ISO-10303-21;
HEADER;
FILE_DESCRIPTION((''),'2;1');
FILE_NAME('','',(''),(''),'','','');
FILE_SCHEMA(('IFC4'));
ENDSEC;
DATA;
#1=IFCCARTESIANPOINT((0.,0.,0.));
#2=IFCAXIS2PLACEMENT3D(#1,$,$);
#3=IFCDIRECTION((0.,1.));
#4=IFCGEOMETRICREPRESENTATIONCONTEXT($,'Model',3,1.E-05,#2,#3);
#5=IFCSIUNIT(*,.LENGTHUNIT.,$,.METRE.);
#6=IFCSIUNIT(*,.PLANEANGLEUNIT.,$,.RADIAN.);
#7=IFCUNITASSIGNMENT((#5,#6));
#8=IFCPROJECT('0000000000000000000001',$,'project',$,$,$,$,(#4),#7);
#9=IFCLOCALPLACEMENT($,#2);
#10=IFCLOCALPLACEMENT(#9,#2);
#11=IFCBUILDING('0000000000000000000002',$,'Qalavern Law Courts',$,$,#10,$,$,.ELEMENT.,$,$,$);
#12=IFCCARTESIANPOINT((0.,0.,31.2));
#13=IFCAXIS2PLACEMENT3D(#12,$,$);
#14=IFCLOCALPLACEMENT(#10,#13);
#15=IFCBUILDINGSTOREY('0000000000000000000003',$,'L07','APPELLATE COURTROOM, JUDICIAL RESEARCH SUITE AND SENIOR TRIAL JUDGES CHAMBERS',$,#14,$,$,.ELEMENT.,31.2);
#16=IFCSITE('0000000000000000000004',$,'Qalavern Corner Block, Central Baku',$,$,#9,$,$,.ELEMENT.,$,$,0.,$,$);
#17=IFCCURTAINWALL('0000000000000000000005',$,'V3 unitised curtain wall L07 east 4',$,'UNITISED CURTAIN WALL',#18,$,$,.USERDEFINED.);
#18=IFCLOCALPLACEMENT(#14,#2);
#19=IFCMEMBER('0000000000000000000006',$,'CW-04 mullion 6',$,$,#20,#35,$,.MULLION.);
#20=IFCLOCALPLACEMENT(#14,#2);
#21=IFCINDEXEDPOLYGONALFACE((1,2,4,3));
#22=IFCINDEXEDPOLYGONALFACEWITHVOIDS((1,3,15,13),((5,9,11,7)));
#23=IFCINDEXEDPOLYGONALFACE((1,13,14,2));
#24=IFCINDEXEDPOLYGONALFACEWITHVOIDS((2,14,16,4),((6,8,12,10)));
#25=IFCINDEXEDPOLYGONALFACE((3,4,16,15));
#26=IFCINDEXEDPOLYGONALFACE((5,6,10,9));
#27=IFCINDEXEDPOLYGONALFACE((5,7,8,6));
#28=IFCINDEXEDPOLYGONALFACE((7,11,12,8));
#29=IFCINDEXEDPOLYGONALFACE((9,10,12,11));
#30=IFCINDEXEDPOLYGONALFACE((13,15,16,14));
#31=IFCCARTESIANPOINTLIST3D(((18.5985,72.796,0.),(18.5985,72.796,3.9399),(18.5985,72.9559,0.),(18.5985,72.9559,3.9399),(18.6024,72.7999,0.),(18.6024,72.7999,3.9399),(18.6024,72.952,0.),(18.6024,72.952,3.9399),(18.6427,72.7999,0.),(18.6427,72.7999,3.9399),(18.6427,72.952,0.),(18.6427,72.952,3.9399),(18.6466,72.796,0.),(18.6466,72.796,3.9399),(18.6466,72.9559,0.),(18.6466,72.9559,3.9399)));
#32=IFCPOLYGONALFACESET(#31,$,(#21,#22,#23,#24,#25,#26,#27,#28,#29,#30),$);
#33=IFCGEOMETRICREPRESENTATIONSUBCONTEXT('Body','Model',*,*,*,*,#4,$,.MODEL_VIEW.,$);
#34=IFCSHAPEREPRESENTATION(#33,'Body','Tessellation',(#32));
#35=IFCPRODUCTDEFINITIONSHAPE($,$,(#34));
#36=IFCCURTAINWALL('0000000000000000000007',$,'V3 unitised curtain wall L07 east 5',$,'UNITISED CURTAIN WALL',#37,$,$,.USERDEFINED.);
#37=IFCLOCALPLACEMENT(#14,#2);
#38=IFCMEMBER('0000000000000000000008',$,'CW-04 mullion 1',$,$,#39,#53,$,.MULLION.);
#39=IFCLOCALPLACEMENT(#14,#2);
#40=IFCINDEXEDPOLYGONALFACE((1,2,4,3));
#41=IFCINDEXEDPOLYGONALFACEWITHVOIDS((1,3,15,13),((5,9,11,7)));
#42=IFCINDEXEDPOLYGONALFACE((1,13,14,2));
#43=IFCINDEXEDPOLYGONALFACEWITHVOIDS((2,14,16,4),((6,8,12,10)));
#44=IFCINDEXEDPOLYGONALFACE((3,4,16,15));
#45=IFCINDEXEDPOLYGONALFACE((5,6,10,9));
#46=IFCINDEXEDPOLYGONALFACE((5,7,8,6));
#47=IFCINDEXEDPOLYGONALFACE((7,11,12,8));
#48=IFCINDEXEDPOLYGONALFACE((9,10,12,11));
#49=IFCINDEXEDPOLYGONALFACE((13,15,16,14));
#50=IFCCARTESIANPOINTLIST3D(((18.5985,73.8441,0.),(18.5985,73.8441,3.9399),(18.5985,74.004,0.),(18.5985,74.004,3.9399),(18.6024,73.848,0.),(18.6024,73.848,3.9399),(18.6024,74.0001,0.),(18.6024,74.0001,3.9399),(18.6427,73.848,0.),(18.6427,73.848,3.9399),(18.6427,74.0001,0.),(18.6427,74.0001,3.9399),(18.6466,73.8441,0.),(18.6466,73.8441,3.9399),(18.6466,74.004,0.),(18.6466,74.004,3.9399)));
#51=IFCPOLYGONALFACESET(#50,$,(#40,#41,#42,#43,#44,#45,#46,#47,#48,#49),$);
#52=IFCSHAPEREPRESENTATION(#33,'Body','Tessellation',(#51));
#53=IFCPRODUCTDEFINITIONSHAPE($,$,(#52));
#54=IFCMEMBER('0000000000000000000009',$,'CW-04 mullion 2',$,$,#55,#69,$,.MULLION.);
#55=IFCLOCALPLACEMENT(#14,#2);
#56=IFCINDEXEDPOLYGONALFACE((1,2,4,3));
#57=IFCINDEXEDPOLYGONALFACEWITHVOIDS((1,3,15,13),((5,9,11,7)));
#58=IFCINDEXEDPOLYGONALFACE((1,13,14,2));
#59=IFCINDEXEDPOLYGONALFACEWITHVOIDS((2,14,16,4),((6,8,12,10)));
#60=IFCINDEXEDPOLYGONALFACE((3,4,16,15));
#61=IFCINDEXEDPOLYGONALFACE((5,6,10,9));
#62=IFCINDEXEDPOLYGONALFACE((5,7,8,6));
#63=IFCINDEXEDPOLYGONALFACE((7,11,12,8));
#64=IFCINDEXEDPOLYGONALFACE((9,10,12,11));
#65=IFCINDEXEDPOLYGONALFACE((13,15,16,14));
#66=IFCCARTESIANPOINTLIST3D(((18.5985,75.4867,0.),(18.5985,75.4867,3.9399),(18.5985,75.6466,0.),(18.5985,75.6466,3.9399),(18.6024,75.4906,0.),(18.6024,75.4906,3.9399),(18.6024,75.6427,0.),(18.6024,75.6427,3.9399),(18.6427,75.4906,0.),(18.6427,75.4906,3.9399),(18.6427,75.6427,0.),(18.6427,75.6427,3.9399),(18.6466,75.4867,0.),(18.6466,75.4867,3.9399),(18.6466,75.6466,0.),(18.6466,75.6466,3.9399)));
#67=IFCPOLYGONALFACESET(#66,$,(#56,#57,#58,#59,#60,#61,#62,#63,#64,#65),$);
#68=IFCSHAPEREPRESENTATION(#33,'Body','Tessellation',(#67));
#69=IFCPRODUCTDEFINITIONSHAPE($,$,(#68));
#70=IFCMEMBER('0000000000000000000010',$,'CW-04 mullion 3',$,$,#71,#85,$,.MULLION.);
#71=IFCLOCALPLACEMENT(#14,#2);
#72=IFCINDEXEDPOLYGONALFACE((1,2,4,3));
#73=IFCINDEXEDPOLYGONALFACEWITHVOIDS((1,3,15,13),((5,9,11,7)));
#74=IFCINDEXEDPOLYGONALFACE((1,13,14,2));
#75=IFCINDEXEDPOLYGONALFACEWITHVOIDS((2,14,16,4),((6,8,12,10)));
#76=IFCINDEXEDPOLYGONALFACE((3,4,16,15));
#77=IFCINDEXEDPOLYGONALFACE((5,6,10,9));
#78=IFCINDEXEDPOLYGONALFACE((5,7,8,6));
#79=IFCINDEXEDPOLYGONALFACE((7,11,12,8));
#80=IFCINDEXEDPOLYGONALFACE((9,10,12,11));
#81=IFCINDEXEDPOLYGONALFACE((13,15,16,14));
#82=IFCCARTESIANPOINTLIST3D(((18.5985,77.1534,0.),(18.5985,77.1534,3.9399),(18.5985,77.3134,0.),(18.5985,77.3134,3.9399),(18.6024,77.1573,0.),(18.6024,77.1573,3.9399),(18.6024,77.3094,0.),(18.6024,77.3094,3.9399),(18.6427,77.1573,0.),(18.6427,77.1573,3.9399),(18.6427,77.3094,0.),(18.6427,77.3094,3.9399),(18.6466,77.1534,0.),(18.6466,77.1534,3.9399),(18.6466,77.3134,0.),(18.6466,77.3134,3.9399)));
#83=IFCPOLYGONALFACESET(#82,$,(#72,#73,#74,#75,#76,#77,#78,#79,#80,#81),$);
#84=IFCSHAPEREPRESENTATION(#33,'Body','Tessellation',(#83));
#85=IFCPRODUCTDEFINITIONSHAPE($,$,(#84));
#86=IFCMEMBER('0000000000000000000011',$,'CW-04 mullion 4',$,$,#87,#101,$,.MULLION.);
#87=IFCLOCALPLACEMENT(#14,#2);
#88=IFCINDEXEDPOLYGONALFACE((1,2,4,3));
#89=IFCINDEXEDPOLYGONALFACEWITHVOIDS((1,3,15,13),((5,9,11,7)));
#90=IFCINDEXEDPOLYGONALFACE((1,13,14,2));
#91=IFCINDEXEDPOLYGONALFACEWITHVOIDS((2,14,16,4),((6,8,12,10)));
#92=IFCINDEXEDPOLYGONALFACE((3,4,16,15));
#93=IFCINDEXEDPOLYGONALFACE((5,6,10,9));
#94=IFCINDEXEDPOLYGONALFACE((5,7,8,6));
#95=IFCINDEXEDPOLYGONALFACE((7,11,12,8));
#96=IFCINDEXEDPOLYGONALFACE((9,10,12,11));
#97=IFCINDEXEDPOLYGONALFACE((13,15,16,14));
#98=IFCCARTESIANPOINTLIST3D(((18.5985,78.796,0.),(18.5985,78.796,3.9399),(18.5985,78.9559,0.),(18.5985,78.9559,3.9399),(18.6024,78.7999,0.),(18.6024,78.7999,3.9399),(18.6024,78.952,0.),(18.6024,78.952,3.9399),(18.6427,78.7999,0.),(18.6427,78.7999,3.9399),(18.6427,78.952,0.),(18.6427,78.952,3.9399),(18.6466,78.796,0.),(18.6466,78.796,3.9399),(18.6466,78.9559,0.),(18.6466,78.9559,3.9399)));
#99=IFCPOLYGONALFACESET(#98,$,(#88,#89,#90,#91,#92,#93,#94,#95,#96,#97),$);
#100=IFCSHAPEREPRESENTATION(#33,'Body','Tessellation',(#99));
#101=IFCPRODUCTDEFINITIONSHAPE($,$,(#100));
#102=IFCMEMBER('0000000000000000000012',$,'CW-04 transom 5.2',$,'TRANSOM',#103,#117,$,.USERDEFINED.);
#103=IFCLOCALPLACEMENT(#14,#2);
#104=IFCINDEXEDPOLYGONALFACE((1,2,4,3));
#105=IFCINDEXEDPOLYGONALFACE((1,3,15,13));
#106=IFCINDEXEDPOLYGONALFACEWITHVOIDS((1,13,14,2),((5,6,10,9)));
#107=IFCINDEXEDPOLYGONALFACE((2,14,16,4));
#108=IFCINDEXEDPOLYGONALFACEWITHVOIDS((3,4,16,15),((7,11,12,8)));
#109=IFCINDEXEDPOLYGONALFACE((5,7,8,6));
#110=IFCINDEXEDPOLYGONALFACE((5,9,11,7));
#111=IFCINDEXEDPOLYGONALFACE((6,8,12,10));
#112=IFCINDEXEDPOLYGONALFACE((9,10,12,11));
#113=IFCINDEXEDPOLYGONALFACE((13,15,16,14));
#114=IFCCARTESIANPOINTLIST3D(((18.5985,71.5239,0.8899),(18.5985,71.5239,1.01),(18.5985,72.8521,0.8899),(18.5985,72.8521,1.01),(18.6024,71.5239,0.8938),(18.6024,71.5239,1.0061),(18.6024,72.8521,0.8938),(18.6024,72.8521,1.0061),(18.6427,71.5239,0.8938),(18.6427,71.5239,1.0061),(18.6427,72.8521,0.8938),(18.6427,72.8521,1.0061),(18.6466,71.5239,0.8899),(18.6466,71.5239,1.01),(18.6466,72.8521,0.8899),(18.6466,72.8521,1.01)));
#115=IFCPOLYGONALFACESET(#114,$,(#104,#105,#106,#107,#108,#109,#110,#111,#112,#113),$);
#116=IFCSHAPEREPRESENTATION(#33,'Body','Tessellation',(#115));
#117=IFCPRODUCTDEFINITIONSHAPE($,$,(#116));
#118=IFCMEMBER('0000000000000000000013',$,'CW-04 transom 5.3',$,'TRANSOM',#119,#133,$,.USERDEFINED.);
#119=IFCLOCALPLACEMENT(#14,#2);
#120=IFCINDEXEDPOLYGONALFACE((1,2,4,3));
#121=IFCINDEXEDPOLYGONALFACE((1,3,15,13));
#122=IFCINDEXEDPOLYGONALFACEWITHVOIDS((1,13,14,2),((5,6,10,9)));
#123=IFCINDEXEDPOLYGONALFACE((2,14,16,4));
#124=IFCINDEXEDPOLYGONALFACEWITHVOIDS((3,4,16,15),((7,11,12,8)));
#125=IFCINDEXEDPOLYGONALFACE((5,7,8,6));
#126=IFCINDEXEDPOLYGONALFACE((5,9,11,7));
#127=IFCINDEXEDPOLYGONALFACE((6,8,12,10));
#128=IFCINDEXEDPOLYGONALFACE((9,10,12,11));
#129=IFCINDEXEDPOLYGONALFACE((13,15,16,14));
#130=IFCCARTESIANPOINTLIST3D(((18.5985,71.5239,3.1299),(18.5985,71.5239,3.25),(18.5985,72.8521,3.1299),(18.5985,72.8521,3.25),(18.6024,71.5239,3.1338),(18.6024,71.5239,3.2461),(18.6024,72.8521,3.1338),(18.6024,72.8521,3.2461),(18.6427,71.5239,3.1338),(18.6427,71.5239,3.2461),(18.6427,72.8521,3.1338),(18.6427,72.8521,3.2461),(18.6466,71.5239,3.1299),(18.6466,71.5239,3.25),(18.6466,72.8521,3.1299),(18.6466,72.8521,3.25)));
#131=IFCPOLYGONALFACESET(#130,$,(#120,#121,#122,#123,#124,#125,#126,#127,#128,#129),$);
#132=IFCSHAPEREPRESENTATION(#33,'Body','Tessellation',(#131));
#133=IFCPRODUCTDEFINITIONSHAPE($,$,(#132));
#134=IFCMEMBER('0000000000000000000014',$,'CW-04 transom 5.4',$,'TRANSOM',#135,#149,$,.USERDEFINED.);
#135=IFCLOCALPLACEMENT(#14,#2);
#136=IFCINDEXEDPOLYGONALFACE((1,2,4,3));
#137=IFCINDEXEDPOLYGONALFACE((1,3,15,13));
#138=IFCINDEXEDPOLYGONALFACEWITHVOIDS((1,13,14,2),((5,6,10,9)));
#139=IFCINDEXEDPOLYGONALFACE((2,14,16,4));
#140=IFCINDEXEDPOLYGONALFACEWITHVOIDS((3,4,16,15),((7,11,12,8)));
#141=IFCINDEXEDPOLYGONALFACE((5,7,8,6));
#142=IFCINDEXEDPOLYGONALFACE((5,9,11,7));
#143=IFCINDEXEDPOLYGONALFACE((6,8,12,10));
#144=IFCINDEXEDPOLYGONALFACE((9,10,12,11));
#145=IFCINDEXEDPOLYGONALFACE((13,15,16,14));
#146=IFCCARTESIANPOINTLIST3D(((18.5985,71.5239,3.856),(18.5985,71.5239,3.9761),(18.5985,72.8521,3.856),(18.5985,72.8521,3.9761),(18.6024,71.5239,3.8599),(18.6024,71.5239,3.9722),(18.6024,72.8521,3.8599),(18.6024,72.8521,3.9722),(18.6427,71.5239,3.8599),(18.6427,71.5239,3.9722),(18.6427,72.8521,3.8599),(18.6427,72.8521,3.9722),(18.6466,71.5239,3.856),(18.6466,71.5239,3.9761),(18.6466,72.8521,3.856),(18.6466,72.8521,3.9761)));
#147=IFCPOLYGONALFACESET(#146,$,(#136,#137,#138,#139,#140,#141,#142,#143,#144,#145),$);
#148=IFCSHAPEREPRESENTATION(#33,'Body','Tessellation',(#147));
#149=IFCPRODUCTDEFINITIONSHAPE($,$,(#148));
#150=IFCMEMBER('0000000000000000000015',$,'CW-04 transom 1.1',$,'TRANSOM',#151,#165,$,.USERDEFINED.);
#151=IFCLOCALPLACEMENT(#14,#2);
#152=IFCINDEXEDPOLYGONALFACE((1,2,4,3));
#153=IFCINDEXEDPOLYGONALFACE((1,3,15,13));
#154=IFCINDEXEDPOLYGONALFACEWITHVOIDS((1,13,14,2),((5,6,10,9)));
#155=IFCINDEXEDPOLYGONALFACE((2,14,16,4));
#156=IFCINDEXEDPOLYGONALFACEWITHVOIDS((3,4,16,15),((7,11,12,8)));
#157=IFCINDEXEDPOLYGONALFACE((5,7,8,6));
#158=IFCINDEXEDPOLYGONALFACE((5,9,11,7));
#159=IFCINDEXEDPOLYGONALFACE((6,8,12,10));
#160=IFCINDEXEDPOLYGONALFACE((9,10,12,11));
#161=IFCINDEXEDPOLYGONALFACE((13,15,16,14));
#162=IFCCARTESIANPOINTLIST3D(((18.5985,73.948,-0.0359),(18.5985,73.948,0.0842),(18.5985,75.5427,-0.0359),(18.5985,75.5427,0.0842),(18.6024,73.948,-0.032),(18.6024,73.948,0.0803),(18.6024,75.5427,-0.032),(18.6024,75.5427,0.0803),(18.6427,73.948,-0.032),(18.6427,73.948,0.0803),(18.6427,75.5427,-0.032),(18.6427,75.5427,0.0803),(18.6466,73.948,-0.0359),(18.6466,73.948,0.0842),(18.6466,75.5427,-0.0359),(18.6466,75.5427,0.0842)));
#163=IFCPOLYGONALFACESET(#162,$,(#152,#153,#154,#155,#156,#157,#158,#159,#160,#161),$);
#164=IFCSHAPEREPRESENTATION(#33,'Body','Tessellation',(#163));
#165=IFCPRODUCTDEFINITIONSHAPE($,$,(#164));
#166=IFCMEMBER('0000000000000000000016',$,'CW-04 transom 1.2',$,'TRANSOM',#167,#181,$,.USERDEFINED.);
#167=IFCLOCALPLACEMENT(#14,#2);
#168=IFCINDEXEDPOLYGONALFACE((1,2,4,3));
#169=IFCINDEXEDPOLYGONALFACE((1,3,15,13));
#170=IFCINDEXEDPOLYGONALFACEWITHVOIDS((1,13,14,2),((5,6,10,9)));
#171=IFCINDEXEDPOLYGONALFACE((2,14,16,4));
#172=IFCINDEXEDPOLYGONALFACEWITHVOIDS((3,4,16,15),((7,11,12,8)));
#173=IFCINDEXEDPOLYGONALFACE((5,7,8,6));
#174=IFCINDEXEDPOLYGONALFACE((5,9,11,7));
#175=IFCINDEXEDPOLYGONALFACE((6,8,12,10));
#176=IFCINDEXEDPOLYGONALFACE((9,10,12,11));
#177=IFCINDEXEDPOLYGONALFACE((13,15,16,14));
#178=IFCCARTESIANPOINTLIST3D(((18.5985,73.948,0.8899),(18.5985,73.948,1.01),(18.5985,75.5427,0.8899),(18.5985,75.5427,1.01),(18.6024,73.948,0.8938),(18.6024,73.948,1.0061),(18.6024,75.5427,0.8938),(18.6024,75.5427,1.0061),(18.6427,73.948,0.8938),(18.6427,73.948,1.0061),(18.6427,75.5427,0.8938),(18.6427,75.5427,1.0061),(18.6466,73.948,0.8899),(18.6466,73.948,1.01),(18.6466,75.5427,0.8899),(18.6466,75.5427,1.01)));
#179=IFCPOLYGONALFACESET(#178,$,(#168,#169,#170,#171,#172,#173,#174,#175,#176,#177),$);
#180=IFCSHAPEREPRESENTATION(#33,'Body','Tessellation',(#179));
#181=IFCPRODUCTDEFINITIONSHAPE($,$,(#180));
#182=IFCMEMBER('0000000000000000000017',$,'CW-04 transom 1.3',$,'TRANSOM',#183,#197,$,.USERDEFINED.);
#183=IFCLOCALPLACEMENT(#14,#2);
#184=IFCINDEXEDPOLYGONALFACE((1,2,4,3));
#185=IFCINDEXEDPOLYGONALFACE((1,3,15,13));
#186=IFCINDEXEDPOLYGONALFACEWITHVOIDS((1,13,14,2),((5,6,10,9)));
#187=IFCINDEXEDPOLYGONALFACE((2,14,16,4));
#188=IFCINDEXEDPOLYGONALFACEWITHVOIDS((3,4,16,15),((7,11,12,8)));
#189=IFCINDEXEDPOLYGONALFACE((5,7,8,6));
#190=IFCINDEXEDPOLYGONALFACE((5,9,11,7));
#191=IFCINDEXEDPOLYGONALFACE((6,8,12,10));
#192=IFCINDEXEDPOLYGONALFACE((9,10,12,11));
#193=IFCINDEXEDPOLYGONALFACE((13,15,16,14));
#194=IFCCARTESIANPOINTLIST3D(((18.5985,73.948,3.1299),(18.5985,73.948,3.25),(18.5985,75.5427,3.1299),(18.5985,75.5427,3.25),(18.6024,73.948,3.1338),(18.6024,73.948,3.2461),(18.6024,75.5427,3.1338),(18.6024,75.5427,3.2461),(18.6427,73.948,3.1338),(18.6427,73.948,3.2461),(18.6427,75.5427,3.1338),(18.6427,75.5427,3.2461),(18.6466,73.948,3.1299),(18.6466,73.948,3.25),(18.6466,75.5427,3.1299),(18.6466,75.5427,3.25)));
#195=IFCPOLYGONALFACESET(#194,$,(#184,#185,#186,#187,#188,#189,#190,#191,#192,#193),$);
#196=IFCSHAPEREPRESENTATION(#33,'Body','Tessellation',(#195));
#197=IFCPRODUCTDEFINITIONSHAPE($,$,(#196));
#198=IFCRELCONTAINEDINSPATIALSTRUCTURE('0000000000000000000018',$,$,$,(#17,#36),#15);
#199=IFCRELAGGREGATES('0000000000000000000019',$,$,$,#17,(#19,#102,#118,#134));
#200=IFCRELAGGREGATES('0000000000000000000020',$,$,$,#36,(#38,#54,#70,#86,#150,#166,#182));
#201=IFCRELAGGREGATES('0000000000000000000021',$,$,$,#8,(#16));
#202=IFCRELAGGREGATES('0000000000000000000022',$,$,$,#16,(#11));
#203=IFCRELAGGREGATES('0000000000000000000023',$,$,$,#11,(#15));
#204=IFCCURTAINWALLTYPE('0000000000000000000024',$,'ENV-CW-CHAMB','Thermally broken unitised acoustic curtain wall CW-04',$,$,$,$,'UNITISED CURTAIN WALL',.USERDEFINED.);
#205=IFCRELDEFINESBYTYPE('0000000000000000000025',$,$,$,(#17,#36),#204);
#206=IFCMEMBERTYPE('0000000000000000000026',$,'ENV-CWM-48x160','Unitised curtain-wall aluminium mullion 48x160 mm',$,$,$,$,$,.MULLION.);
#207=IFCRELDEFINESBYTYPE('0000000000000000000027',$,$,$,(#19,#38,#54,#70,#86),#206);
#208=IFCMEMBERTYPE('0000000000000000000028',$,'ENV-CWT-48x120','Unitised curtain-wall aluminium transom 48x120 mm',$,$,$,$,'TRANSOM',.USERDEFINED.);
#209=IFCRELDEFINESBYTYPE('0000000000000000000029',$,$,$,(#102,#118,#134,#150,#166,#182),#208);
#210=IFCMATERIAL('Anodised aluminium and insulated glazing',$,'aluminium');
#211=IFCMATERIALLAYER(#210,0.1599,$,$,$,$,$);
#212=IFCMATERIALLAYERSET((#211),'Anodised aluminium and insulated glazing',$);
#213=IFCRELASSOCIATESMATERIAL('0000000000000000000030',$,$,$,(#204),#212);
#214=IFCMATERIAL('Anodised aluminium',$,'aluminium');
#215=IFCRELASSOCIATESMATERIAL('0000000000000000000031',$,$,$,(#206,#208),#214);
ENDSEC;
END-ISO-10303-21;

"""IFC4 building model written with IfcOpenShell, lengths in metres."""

from ifc_helpers import new_model, si_unit, direction, frame, origin, origin_2d, place, context, subcontext, project, spatial, hollow_rectangle, extrude, material, layer, layer_set, material_profile, profile_set, type_object, element, aggregate, save


model = new_model("IFC4")

# Units and contexts
model_context = context("Model", 3, precision=1e-05, world=origin(), true_north=direction((0.0, 1.0)))
body_context = subcontext(model_context, "Body", "Model", "MODEL_VIEW")
ifc_project = project(units=[si_unit("LENGTHUNIT", "METRE"), si_unit("PLANEANGLEUNIT", "RADIAN")], contexts=[model_context])

# Site, building, storey
site_placement = place(None, origin())
site = spatial("IfcSite", under=ifc_project, at=site_placement, Name="Qalavern Corner Block, Central Baku", CompositionType="ELEMENT", RefElevation=0.0)
building_placement = place(site_placement, origin())
building = spatial("IfcBuilding", under=site, at=building_placement, Name="Qalavern Law Courts", CompositionType="ELEMENT")
storey_placement = place(building_placement, frame((0.0, 0.0, 31.2)))
storey = spatial("IfcBuildingStorey", under=building, at=storey_placement, Name="L07", Description="APPELLATE COURTROOM, JUDICIAL RESEARCH SUITE AND SENIOR TRIAL JUDGES CHAMBERS", CompositionType="ELEMENT", Elevation=31.2)

# Curtain wall, member
ifc_material_1 = material(Name="Anodised aluminium and insulated glazing", Category="aluminium")
ifc_layer_1 = layer(ifc_material_1, 0.1599)
ifc_layer_set_1 = layer_set([ifc_layer_1], Name="Anodised aluminium and insulated glazing")
curtain_wall_type = type_object("IfcCurtainWallType", Name="ENV-CW-CHAMB", Description="Thermally broken unitised acoustic curtain wall CW-04", ElementType="UNITISED CURTAIN WALL", PredefinedType="USERDEFINED", material=ifc_layer_set_1)
curtain_wall_1_placement = place(storey_placement, origin())
curtain_wall_1 = element("IfcCurtainWall", 1, at=curtain_wall_1_placement, inside=storey, type_object=curtain_wall_type, Name="V3 unitised curtain wall L07 east 4", ObjectType="UNITISED CURTAIN WALL", PredefinedType="USERDEFINED")
ifc_material_2 = material(Name="Anodised aluminium", Category="aluminium")
ifc_material_profile_1 = material_profile(ifc_material_2, hollow_rectangle(XDim=0.0481, YDim=0.1599, WallThickness=0.0039, at=origin_2d()), Name="ALU MULLION 48x160")
ifc_profile_set_1 = profile_set([ifc_material_profile_1], Name="Anodised aluminium")
member_type_1 = type_object("IfcMemberType", Name="ENV-CWM-48x160", Description="Unitised curtain-wall aluminium mullion 48x160 mm", PredefinedType="MULLION", material=ifc_profile_set_1)
member_1_placement = place(storey_placement, frame((18.6226, 72.876, 0.0), z_axis=(0.0, 0.0, 1.0), x_axis=(-1.0, 0.0, 0.0)))
member_1 = element("IfcMember", 2, at=member_1_placement, type_object=member_type_1, Name="CW-04 mullion 6", PredefinedType="MULLION", context=body_context, shape_type="SweptSolid", body=[
    extrude(hollow_rectangle(XDim=0.0481, YDim=0.1599, WallThickness=0.0039, at=origin_2d()), origin(), (0.0, 0.0, 1.0), 3.9399),
])

# Curtain wall, members
curtain_wall_2_placement = place(storey_placement, origin())
curtain_wall_2 = element("IfcCurtainWall", 3, at=curtain_wall_2_placement, inside=storey, type_object=curtain_wall_type, Name="V3 unitised curtain wall L07 east 5", ObjectType="UNITISED CURTAIN WALL", PredefinedType="USERDEFINED")
member_2_placement = place(storey_placement, frame((18.6226, 73.9241, 0.0), z_axis=(0.0, 0.0, 1.0), x_axis=(-1.0, 0.0, 0.0)))
member_2 = element("IfcMember", 4, at=member_2_placement, type_object=member_type_1, Name="CW-04 mullion 1", PredefinedType="MULLION", context=body_context, shape_type="SweptSolid", body=[
    extrude(hollow_rectangle(XDim=0.0481, YDim=0.1599, WallThickness=0.0039, at=origin_2d()), origin(), (0.0, 0.0, 1.0), 3.9399),
])
member_3_placement = place(storey_placement, frame((18.6226, 75.5667, 0.0), z_axis=(0.0, 0.0, 1.0), x_axis=(-1.0, 0.0, 0.0)))
member_3 = element("IfcMember", 5, at=member_3_placement, type_object=member_type_1, Name="CW-04 mullion 2", PredefinedType="MULLION", context=body_context, shape_type="SweptSolid", body=[
    extrude(hollow_rectangle(XDim=0.0481, YDim=0.1599, WallThickness=0.0039, at=origin_2d()), origin(), (0.0, 0.0, 1.0), 3.9399),
])
member_4_placement = place(storey_placement, frame((18.6226, 77.2334, 0.0), z_axis=(0.0, 0.0, 1.0), x_axis=(-1.0, 0.0, 0.0)))
member_4 = element("IfcMember", 6, at=member_4_placement, type_object=member_type_1, Name="CW-04 mullion 3", PredefinedType="MULLION", context=body_context, shape_type="SweptSolid", body=[
    extrude(hollow_rectangle(XDim=0.0481, YDim=0.1599, WallThickness=0.0039, at=origin_2d()), origin(), (0.0, 0.0, 1.0), 3.9399),
])
member_5_placement = place(storey_placement, frame((18.6226, 78.876, 0.0), z_axis=(0.0, 0.0, 1.0), x_axis=(-1.0, 0.0, 0.0)))
member_5 = element("IfcMember", 7, at=member_5_placement, type_object=member_type_1, Name="CW-04 mullion 4", PredefinedType="MULLION", context=body_context, shape_type="SweptSolid", body=[
    extrude(hollow_rectangle(XDim=0.0481, YDim=0.1599, WallThickness=0.0039, at=origin_2d()), origin(), (0.0, 0.0, 1.0), 3.9399),
])

# Members
ifc_material_profile_2 = material_profile(ifc_material_2, hollow_rectangle(XDim=0.0481, YDim=0.1201, WallThickness=0.0039, at=origin_2d()), Name="ALU TRANSOM 48x120")
ifc_profile_set_2 = profile_set([ifc_material_profile_2], Name="Anodised aluminium")
member_type_2 = type_object("IfcMemberType", Name="ENV-CWT-48x120", Description="Unitised curtain-wall aluminium transom 48x120 mm", ElementType="TRANSOM", PredefinedType="USERDEFINED", material=ifc_profile_set_2)
member_6_placement = place(storey_placement, frame((18.6226, 71.5239, 0.95), z_axis=(0.0, 1.0, 0.0), x_axis=(-1.0, 0.0, 0.0)))
member_6 = element("IfcMember", 8, at=member_6_placement, type_object=member_type_2, Name="CW-04 transom 5.2", ObjectType="TRANSOM", PredefinedType="USERDEFINED", context=body_context, shape_type="SweptSolid", body=[
    extrude(hollow_rectangle(XDim=0.0481, YDim=0.1201, WallThickness=0.0039, at=origin_2d()), origin(), (0.0, 0.0, 1.0), 1.3281),
])
member_7_placement = place(storey_placement, frame((18.6226, 71.5239, 3.1899), z_axis=(0.0, 1.0, 0.0), x_axis=(-1.0, 0.0, 0.0)))
member_7 = element("IfcMember", 9, at=member_7_placement, type_object=member_type_2, Name="CW-04 transom 5.3", ObjectType="TRANSOM", PredefinedType="USERDEFINED", context=body_context, shape_type="SweptSolid", body=[
    extrude(hollow_rectangle(XDim=0.0481, YDim=0.1201, WallThickness=0.0039, at=origin_2d()), origin(), (0.0, 0.0, 1.0), 1.3281),
])
member_8_placement = place(storey_placement, frame((18.6226, 71.5239, 3.916), z_axis=(0.0, 1.0, 0.0), x_axis=(-1.0, 0.0, 0.0)))
member_8 = element("IfcMember", 10, at=member_8_placement, type_object=member_type_2, Name="CW-04 transom 5.4", ObjectType="TRANSOM", PredefinedType="USERDEFINED", context=body_context, shape_type="SweptSolid", body=[
    extrude(hollow_rectangle(XDim=0.0481, YDim=0.1201, WallThickness=0.0039, at=origin_2d()), origin(), (0.0, 0.0, 1.0), 1.3281),
])
member_9_placement = place(storey_placement, frame((18.6226, 73.948, 0.0242), z_axis=(0.0, 1.0, 0.0), x_axis=(-1.0, 0.0, 0.0)))
member_9 = element("IfcMember", 11, at=member_9_placement, type_object=member_type_2, Name="CW-04 transom 1.1", ObjectType="TRANSOM", PredefinedType="USERDEFINED", context=body_context, shape_type="SweptSolid", body=[
    extrude(hollow_rectangle(XDim=0.0481, YDim=0.1201, WallThickness=0.0039, at=origin_2d()), origin(), (0.0, 0.0, 1.0), 1.5947),
])
member_10_placement = place(storey_placement, frame((18.6226, 73.948, 0.95), z_axis=(0.0, 1.0, 0.0), x_axis=(-1.0, 0.0, 0.0)))
member_10 = element("IfcMember", 12, at=member_10_placement, type_object=member_type_2, Name="CW-04 transom 1.2", ObjectType="TRANSOM", PredefinedType="USERDEFINED", context=body_context, shape_type="SweptSolid", body=[
    extrude(hollow_rectangle(XDim=0.0481, YDim=0.1201, WallThickness=0.0039, at=origin_2d()), origin(), (0.0, 0.0, 1.0), 1.5947),
])
member_11_placement = place(storey_placement, frame((18.6226, 73.948, 3.1899), z_axis=(0.0, 1.0, 0.0), x_axis=(-1.0, 0.0, 0.0)))
member_11 = element("IfcMember", 13, at=member_11_placement, type_object=member_type_2, Name="CW-04 transom 1.3", ObjectType="TRANSOM", PredefinedType="USERDEFINED", context=body_context, shape_type="SweptSolid", body=[
    extrude(hollow_rectangle(XDim=0.0481, YDim=0.1201, WallThickness=0.0039, at=origin_2d()), origin(), (0.0, 0.0, 1.0), 1.5947),
])

aggregate(curtain_wall_1, [member_1, member_6, member_7, member_8])
aggregate(curtain_wall_2, [member_2, member_3, member_4, member_5, member_9, member_10, member_11])

save(model, "model.ifc")
